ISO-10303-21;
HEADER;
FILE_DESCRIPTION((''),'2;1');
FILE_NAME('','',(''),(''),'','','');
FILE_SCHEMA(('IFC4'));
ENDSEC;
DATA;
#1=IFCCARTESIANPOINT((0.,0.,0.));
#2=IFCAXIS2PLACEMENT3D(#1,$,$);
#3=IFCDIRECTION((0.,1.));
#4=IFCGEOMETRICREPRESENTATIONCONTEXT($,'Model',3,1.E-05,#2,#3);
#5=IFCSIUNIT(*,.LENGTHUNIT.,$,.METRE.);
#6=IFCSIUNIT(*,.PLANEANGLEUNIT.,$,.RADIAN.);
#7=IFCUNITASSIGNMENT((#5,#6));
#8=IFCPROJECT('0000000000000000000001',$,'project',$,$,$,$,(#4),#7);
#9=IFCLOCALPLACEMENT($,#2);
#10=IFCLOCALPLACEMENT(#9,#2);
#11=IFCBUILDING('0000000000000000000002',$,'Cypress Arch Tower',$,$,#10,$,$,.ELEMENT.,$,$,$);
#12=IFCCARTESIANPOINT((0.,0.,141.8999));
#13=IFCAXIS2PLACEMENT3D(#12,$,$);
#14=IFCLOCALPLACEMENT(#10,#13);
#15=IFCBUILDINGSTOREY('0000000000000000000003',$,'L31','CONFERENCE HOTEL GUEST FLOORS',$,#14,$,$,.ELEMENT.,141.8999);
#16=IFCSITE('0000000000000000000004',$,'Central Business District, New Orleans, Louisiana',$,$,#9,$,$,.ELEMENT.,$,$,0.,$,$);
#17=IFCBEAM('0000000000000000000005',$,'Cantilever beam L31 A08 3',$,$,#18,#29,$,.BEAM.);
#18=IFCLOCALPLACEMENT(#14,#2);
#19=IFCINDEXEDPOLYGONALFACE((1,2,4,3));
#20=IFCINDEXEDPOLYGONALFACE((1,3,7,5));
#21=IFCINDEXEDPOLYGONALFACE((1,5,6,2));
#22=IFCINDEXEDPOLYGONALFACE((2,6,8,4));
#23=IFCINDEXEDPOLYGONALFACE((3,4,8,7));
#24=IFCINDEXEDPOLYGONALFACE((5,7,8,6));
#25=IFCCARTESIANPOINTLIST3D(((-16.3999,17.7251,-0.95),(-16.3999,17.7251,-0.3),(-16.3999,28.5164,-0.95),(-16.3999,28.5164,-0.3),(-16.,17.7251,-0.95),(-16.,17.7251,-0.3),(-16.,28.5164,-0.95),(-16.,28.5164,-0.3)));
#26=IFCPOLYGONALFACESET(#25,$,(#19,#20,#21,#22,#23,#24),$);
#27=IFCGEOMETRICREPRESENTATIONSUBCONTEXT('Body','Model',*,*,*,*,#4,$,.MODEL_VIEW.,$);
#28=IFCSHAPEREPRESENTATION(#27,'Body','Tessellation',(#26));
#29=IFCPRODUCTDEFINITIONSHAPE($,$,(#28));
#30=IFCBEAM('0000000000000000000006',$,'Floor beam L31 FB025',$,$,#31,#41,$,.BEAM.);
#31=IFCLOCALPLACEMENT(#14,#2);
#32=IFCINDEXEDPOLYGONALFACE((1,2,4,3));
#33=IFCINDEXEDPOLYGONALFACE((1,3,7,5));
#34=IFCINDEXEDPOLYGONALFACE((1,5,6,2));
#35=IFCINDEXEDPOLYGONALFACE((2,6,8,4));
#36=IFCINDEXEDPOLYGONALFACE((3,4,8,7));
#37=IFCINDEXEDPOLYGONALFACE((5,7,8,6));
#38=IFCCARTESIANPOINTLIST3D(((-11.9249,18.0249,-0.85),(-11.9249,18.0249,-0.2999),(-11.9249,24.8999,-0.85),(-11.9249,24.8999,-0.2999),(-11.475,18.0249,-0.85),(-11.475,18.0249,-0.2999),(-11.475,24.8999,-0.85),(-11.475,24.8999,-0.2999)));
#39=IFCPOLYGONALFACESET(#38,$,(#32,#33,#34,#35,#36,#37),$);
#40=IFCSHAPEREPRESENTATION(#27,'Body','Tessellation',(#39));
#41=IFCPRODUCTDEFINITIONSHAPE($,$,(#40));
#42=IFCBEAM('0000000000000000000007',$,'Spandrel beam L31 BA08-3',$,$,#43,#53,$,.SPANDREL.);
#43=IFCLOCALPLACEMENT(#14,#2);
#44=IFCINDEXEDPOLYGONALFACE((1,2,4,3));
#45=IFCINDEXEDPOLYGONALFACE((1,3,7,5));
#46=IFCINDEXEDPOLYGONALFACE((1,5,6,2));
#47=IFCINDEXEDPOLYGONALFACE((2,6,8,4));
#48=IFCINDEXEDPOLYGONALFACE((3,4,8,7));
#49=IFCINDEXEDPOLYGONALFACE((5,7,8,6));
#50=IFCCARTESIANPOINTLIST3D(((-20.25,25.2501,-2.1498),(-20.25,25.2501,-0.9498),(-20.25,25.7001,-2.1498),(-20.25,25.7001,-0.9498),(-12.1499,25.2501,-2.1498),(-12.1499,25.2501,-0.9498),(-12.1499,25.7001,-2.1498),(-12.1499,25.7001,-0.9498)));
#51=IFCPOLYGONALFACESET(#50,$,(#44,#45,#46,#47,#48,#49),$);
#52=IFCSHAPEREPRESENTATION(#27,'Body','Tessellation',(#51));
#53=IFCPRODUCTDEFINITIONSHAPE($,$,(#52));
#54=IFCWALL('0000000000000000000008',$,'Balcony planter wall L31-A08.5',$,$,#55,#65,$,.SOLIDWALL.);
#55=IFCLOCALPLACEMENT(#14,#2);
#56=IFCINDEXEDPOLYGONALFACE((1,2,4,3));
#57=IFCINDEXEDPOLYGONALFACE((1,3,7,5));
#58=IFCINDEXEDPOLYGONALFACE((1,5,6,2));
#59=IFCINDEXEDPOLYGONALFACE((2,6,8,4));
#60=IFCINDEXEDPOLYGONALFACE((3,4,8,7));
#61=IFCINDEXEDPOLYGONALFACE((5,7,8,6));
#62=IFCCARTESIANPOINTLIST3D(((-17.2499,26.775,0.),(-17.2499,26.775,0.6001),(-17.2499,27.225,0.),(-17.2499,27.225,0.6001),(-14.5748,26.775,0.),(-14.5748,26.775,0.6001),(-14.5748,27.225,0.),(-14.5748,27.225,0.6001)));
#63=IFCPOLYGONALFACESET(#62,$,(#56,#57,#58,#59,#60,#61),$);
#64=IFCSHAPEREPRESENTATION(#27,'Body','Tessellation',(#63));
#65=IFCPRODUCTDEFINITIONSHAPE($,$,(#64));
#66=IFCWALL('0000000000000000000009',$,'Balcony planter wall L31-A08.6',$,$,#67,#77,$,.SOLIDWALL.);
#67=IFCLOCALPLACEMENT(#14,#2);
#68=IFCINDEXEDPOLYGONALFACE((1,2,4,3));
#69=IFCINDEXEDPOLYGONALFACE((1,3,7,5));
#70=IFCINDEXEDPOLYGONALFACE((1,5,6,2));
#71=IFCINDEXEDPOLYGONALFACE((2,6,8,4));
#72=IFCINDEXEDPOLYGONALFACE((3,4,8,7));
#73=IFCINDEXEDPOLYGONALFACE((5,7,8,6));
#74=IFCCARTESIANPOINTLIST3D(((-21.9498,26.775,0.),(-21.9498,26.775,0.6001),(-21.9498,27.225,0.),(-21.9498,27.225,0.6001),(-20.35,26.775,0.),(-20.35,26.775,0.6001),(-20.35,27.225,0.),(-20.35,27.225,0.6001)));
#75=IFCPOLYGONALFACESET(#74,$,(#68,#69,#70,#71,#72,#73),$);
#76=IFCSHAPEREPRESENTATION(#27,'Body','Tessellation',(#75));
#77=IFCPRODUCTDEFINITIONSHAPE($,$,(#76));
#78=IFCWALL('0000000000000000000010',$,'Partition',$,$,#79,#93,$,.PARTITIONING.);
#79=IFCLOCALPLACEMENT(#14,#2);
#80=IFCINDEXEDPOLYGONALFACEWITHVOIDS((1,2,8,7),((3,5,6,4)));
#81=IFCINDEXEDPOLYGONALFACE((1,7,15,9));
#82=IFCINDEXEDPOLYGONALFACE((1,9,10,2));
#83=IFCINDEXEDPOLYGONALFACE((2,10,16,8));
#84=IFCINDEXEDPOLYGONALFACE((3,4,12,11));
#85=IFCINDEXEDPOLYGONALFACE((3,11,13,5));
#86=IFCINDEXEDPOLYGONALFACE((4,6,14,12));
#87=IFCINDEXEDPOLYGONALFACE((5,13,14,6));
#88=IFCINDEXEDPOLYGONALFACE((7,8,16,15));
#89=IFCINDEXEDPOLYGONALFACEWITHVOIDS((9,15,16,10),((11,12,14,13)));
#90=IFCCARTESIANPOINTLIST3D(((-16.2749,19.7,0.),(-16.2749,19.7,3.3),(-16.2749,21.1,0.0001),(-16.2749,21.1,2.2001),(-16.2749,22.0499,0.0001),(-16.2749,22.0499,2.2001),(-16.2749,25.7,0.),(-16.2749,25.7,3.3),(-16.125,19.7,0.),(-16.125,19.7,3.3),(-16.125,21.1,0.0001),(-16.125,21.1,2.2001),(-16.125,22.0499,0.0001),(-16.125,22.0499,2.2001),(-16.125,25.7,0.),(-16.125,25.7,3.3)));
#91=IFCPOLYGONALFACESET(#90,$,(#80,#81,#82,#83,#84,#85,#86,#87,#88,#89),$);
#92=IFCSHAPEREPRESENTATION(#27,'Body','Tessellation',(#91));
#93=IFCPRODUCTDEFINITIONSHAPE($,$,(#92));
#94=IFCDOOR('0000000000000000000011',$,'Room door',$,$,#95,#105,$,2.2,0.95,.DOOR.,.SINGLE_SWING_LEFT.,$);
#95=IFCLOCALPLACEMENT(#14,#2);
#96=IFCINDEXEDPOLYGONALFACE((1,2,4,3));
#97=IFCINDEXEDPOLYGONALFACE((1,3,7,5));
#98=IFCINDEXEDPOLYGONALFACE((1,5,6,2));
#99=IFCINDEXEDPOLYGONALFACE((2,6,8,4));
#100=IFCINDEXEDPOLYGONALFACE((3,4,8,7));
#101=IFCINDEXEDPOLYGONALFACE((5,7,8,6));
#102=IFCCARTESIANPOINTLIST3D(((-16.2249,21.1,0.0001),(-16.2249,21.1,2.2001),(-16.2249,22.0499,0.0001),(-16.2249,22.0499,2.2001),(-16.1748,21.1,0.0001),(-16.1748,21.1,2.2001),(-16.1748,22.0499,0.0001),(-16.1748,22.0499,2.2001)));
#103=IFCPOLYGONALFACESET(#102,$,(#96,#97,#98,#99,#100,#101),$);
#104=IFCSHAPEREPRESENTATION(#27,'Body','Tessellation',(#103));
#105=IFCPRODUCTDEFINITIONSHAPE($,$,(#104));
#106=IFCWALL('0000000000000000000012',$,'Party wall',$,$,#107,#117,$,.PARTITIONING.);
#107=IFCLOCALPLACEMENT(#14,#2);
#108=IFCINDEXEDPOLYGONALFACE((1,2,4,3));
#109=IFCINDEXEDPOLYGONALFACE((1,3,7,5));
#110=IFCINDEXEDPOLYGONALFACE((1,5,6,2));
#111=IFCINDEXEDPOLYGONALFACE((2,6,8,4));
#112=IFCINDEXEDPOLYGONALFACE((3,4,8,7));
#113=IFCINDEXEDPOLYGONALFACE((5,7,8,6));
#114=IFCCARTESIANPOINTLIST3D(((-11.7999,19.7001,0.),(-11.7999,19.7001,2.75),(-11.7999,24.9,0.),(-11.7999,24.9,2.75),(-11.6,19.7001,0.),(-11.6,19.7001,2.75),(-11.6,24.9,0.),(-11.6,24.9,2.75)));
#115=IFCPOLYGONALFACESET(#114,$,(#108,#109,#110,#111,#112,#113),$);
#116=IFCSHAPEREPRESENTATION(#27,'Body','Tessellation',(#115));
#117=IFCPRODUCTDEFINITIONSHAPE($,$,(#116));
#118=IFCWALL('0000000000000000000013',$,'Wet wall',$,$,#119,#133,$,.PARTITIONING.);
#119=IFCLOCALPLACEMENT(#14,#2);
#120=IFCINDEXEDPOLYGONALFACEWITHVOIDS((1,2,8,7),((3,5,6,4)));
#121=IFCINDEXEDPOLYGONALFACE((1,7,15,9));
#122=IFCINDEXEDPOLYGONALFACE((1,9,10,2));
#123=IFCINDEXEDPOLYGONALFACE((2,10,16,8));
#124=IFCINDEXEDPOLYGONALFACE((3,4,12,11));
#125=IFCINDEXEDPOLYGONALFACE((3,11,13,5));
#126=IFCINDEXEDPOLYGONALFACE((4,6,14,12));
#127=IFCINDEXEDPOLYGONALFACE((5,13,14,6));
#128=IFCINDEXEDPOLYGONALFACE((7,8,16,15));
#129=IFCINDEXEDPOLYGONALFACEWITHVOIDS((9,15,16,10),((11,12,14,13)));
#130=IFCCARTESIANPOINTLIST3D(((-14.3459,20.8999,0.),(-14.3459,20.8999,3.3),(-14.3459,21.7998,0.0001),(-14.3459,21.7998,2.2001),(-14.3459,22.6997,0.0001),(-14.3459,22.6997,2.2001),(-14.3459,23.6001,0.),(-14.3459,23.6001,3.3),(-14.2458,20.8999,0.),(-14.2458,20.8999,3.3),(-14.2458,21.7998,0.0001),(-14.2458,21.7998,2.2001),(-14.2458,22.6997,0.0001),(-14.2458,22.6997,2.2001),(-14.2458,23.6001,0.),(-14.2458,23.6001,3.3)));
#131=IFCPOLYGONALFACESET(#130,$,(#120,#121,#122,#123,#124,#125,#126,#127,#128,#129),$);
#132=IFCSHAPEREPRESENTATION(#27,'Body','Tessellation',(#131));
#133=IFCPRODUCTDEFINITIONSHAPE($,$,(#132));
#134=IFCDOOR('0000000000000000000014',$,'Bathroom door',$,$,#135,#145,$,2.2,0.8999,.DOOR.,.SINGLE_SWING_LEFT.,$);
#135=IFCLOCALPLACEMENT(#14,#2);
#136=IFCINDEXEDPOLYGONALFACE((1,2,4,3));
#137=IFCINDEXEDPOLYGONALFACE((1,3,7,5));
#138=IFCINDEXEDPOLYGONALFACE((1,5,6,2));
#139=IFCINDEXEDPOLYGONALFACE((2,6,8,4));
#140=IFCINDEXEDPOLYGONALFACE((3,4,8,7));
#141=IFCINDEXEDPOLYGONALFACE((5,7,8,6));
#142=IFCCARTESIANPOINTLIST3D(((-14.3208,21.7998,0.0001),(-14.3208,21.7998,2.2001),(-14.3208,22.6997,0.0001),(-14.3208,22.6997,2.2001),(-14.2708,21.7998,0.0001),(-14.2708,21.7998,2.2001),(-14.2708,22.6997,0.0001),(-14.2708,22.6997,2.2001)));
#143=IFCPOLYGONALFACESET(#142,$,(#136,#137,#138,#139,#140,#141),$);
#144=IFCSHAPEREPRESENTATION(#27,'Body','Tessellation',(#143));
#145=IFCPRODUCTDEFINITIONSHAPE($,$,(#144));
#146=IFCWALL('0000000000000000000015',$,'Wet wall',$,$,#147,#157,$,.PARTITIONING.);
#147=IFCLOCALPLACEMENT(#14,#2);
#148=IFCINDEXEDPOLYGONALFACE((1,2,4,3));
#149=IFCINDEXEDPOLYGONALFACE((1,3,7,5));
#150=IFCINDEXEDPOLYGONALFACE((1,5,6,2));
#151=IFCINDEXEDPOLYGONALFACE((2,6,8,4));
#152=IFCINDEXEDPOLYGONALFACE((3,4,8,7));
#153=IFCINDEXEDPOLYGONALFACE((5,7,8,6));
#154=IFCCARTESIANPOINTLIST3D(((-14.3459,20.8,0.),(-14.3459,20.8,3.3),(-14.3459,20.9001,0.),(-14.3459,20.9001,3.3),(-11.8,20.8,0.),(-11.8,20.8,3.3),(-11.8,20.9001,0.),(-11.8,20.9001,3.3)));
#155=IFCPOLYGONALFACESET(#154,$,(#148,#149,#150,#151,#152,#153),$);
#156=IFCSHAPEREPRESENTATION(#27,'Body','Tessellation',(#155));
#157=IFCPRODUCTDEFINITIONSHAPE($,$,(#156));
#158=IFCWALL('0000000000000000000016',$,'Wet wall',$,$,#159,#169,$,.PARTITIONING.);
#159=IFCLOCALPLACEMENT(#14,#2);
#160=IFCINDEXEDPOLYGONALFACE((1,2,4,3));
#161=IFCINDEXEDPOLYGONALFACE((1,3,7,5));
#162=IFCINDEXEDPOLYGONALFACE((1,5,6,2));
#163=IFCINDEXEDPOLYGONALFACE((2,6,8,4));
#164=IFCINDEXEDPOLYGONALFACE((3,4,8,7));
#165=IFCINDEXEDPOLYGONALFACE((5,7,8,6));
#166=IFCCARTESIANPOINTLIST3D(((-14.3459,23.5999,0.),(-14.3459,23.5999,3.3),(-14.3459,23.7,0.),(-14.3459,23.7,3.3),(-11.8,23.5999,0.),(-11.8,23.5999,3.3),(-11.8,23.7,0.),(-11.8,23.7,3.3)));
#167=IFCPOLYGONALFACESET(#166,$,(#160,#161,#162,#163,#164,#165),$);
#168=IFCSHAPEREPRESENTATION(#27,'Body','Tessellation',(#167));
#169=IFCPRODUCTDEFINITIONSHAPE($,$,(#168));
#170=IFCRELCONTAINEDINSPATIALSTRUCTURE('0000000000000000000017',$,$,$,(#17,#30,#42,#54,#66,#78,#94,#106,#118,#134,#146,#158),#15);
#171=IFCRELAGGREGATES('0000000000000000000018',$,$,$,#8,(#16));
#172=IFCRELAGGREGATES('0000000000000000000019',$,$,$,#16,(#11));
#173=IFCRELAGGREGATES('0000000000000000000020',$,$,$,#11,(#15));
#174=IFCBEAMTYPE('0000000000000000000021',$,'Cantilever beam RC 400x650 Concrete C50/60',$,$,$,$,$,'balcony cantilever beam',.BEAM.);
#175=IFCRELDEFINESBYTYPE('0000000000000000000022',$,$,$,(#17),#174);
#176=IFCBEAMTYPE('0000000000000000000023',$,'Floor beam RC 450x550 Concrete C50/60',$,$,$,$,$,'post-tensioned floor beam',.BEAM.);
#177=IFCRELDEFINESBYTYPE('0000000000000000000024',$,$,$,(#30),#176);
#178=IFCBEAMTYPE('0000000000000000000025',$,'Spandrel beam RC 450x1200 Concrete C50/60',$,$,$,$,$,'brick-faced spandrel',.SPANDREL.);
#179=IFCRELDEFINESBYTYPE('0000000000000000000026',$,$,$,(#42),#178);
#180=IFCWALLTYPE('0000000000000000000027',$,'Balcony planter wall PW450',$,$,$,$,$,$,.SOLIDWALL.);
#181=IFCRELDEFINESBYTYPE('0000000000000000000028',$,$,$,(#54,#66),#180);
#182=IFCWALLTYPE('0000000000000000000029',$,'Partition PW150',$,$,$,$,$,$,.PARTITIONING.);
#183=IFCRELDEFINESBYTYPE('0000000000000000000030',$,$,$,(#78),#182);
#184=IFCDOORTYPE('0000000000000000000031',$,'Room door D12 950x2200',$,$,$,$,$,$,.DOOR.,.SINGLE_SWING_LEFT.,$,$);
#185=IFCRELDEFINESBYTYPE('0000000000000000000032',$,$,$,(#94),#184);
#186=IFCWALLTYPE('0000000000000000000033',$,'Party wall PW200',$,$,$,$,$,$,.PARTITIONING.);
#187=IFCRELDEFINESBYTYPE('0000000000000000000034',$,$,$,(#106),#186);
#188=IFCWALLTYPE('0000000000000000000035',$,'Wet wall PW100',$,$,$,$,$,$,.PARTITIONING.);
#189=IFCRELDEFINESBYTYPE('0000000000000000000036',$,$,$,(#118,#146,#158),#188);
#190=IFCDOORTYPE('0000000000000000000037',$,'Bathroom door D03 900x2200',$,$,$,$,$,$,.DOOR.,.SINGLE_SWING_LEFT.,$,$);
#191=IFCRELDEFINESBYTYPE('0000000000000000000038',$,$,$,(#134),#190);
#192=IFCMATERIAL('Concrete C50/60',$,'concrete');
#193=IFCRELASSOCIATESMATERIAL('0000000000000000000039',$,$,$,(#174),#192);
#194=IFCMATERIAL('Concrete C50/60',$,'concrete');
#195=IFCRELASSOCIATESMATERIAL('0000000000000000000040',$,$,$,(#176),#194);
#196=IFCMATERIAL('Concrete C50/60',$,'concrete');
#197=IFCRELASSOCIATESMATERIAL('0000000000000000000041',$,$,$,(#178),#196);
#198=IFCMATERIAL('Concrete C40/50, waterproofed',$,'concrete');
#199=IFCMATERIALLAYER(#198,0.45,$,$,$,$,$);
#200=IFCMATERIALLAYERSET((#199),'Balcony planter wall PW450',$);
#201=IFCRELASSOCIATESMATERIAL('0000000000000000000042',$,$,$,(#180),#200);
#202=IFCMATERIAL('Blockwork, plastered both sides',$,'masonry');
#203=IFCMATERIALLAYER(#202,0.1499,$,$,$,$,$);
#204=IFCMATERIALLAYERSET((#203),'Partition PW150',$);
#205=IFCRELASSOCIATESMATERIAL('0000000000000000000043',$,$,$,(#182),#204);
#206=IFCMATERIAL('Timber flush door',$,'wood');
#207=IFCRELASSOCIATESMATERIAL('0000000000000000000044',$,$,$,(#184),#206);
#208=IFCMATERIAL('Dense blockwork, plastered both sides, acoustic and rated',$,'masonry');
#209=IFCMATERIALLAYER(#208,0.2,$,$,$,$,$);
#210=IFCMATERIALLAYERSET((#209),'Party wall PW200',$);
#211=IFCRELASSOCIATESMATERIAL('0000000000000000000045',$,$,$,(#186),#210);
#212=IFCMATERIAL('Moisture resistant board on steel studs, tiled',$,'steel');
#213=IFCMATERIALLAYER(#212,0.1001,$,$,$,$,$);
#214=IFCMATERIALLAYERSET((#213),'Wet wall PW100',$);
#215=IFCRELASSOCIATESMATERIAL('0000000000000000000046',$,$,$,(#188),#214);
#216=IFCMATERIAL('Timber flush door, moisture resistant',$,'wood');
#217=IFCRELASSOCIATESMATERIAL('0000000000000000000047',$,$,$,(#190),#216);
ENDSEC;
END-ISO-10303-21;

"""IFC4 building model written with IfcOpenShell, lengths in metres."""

from ifc_helpers import new_model, si_unit, direction, frame, frame_2d, origin, origin_2d, place, context, subcontext, project, spatial, rectangle, extrude, material, layer, layer_set, material_profile, profile_set, type_object, element, fill, save


model = new_model("IFC4")

# Units and contexts
model_context = context("Model", 3, precision=1e-05, world=origin(), true_north=direction((0.0, 1.0)))
body_context = subcontext(model_context, "Body", "Model", "MODEL_VIEW")
ifc_project = project(units=[si_unit("LENGTHUNIT", "METRE"), si_unit("PLANEANGLEUNIT", "RADIAN")], contexts=[model_context])

# Site, building, storey
site_placement = place(None, origin())
site = spatial("IfcSite", under=ifc_project, at=site_placement, Name="Central Business District, New Orleans, Louisiana", CompositionType="ELEMENT", RefElevation=0.0)
building_placement = place(site_placement, origin())
building = spatial("IfcBuilding", under=site, at=building_placement, Name="Cypress Arch Tower", CompositionType="ELEMENT")
storey_placement = place(building_placement, frame((0.0, 0.0, 141.8999)))
storey = spatial("IfcBuildingStorey", under=building, at=storey_placement, Name="L31", Description="CONFERENCE HOTEL GUEST FLOORS", CompositionType="ELEMENT", Elevation=141.8999)

# Beams
ifc_material_1 = material(Name="Concrete C50/60", Category="concrete")
ifc_material_profile_1 = material_profile(ifc_material_1, rectangle(XDim=0.3999, YDim=0.6499, at=origin_2d()), Name="RC 400x650")
ifc_profile_set_1 = profile_set([ifc_material_profile_1], Name="Concrete C50/60")
beam_type_1 = type_object("IfcBeamType", Name="Cantilever beam RC 400x650 Concrete C50/60", ElementType="balcony cantilever beam", PredefinedType="BEAM", material=ifc_profile_set_1)
beam_1_placement = place(storey_placement, frame((-16.2, 17.7251, -0.625), z_axis=(0.0, 1.0, 0.0), x_axis=(-1.0, 0.0, 0.0)))
element("IfcBeam", 1, at=beam_1_placement, inside=storey, type_object=beam_type_1, Name="Cantilever beam L31 A08 3", PredefinedType="BEAM", context=body_context, shape_type="SweptSolid", body=[
    extrude(rectangle(XDim=0.3999, YDim=0.6499, at=origin_2d()), origin(), (0.0, 0.0, 1.0), 10.7913),
])
ifc_material_2 = material(Name="Concrete C50/60", Category="concrete")
ifc_material_profile_2 = material_profile(ifc_material_2, rectangle(XDim=0.45, YDim=0.55, at=origin_2d()), Name="RC 450x550")
ifc_profile_set_2 = profile_set([ifc_material_profile_2], Name="Concrete C50/60")
beam_type_2 = type_object("IfcBeamType", Name="Floor beam RC 450x550 Concrete C50/60", ElementType="post-tensioned floor beam", PredefinedType="BEAM", material=ifc_profile_set_2)
beam_2_placement = place(storey_placement, frame((-11.7, 18.0249, -0.575), z_axis=(0.0, 1.0, 0.0), x_axis=(-1.0, 0.0, 0.0)))
element("IfcBeam", 2, at=beam_2_placement, inside=storey, type_object=beam_type_2, Name="Floor beam L31 FB025", PredefinedType="BEAM", context=body_context, shape_type="SweptSolid", body=[
    extrude(rectangle(XDim=0.45, YDim=0.55, at=origin_2d()), origin(), (0.0, 0.0, 1.0), 6.875),
])
ifc_material_3 = material(Name="Concrete C50/60", Category="concrete")
ifc_material_profile_3 = material_profile(ifc_material_3, rectangle(XDim=0.45, YDim=1.2, at=origin_2d()), Name="RC 450x1200")
ifc_profile_set_3 = profile_set([ifc_material_profile_3], Name="Concrete C50/60")
beam_type_3 = type_object("IfcBeamType", Name="Spandrel beam RC 450x1200 Concrete C50/60", ElementType="brick-faced spandrel", PredefinedType="SPANDREL", material=ifc_profile_set_3)
beam_3_placement = place(storey_placement, frame((-12.1499, 25.4751, -1.5498), z_axis=(-1.0, 0.0, 0.0), x_axis=(0.0, -1.0, 0.0)))
element("IfcBeam", 3, at=beam_3_placement, inside=storey, type_object=beam_type_3, Name="Spandrel beam L31 BA08-3", PredefinedType="SPANDREL", context=body_context, shape_type="SweptSolid", body=[
    extrude(rectangle(XDim=0.45, YDim=1.2, at=origin_2d()), origin(), (0.0, 0.0, 1.0), 8.1001),
])

# Walls
ifc_material_4 = material(Name="Concrete C40/50, waterproofed", Category="concrete")
ifc_layer_1 = layer(ifc_material_4, 0.45)
ifc_layer_set_1 = layer_set([ifc_layer_1], Name="Balcony planter wall PW450")
wall_type_1 = type_object("IfcWallType", Name="Balcony planter wall PW450", PredefinedType="SOLIDWALL", material=ifc_layer_set_1)
wall_1_placement = place(storey_placement, frame((-14.575, 27.0, 0.0), z_axis=(0.0, 0.0, 1.0), x_axis=(-1.0, 0.0, 0.0)))
element("IfcWall", 4, at=wall_1_placement, inside=storey, type_object=wall_type_1, Name="Balcony planter wall L31-A08.5", PredefinedType="SOLIDWALL", context=body_context, shape_type="SweptSolid", body=[
    extrude(rectangle(XDim=2.675, YDim=0.45, at=frame_2d((1.3374, 0.0))), origin(), (0.0, 0.0, 1.0), 0.6001),
])
wall_2_placement = place(storey_placement, frame((-20.3501, 27.0, 0.0), z_axis=(0.0, 0.0, 1.0), x_axis=(-1.0, 0.0, 0.0)))
element("IfcWall", 5, at=wall_2_placement, inside=storey, type_object=wall_type_1, Name="Balcony planter wall L31-A08.6", PredefinedType="SOLIDWALL", context=body_context, shape_type="SweptSolid", body=[
    extrude(rectangle(XDim=1.5999, YDim=0.45, at=frame_2d((0.7998, 0.0))), origin(), (0.0, 0.0, 1.0), 0.6001),
])

# Wall, opening, door
ifc_material_5 = material(Name="Blockwork, plastered both sides", Category="masonry")
ifc_layer_2 = layer(ifc_material_5, 0.1499)
ifc_layer_set_2 = layer_set([ifc_layer_2], Name="Partition PW150")
wall_type_2 = type_object("IfcWallType", Name="Partition PW150", PredefinedType="PARTITIONING", material=ifc_layer_set_2)
wall_3_placement = place(storey_placement, frame((-16.2, 19.7, 0.0), z_axis=(0.0, 0.0, 1.0), x_axis=(0.0, 1.0, 0.0)))
wall_3 = element("IfcWall", 6, at=wall_3_placement, inside=storey, type_object=wall_type_2, Name="Partition", PredefinedType="PARTITIONING", context=body_context, shape_type="SweptSolid", body=[
    extrude(rectangle(XDim=6.0, YDim=0.1499, at=frame_2d((3.0, 0.0))), origin(), (0.0, 0.0, 1.0), 3.3),
])
opening_1_placement = place(wall_3_placement, frame((1.3999, 0.0, 0.0)))
opening_1 = element("IfcOpeningElement", 7, at=opening_1_placement, cuts=wall_3, PredefinedType="OPENING", context=body_context, shape_type="SweptSolid", body=[
    extrude(rectangle(XDim=0.95, YDim=2.2, at=frame_2d((0.4751, 1.1001))), frame((0.0, 0.085, 0.0), z_axis=(0.0, -1.0, 0.0), x_axis=(1.0, 0.0, 0.0)), (0.0, 0.0, 1.0), 0.1699),
])
ifc_material_6 = material(Name="Timber flush door", Category="wood")
door_type_1 = type_object("IfcDoorType", Name="Room door D12 950x2200", OperationType="SINGLE_SWING_LEFT", PredefinedType="DOOR", material=ifc_material_6)
door_1_placement = place(opening_1_placement, origin())
door_1 = element("IfcDoor", 8, at=door_1_placement, inside=storey, type_object=door_type_1, Name="Room door", OperationType="SINGLE_SWING_LEFT", OverallHeight=2.2, OverallWidth=0.95, PredefinedType="DOOR", context=body_context, shape_type="SweptSolid", body=[
    extrude(rectangle(XDim=0.95, YDim=2.2, at=frame_2d((0.4751, 1.1001))), frame((0.0, 0.0249, 0.0), z_axis=(0.0, -1.0, 0.0), x_axis=(1.0, 0.0, 0.0)), (0.0, 0.0, 1.0), 0.05),
])
fill(opening_1, door_1)

# Wall
ifc_material_7 = material(Name="Dense blockwork, plastered both sides, acoustic and rated", Category="masonry")
ifc_layer_3 = layer(ifc_material_7, 0.2)
ifc_layer_set_3 = layer_set([ifc_layer_3], Name="Party wall PW200")
wall_type_3 = type_object("IfcWallType", Name="Party wall PW200", PredefinedType="PARTITIONING", material=ifc_layer_set_3)
wall_4_placement = place(storey_placement, frame((-11.7, 19.7, 0.0), z_axis=(0.0, 0.0, 1.0), x_axis=(0.0, 1.0, 0.0)))
element("IfcWall", 9, at=wall_4_placement, inside=storey, type_object=wall_type_3, Name="Party wall", PredefinedType="PARTITIONING", context=body_context, shape_type="SweptSolid", body=[
    extrude(rectangle(XDim=5.2, YDim=0.2, at=frame_2d((2.6001, 0.0))), origin(), (0.0, 0.0, 1.0), 2.75),
])

# Wall, opening, door
ifc_material_8 = material(Name="Moisture resistant board on steel studs, tiled", Category="steel")
ifc_layer_4 = layer(ifc_material_8, 0.1001)
ifc_layer_set_4 = layer_set([ifc_layer_4], Name="Wet wall PW100")
wall_type_4 = type_object("IfcWallType", Name="Wet wall PW100", PredefinedType="PARTITIONING", material=ifc_layer_set_4)
wall_5_placement = place(storey_placement, frame((-14.2959, 20.8999, 0.0), z_axis=(0.0, 0.0, 1.0), x_axis=(0.0, 1.0, 0.0)))
wall_5 = element("IfcWall", 10, at=wall_5_placement, inside=storey, type_object=wall_type_4, Name="Wet wall", PredefinedType="PARTITIONING", context=body_context, shape_type="SweptSolid", body=[
    extrude(rectangle(XDim=2.7002, YDim=0.1001, at=frame_2d((1.3501, 0.0))), origin(), (0.0, 0.0, 1.0), 3.3),
])
opening_2_placement = place(wall_5_placement, frame((0.8999, 0.0, 0.0)))
opening_2 = element("IfcOpeningElement", 11, at=opening_2_placement, cuts=wall_5, PredefinedType="OPENING", context=body_context, shape_type="SweptSolid", body=[
    extrude(rectangle(XDim=0.8999, YDim=2.2, at=frame_2d((0.45, 1.1001))), frame((0.0, 0.0601, 0.0), z_axis=(0.0, -1.0, 0.0), x_axis=(1.0, 0.0, 0.0)), (0.0, 0.0, 1.0), 0.1201),
])
ifc_material_9 = material(Name="Timber flush door, moisture resistant", Category="wood")
door_type_2 = type_object("IfcDoorType", Name="Bathroom door D03 900x2200", OperationType="SINGLE_SWING_LEFT", PredefinedType="DOOR", material=ifc_material_9)
door_2_placement = place(opening_2_placement, origin())
door_2 = element("IfcDoor", 12, at=door_2_placement, inside=storey, type_object=door_type_2, Name="Bathroom door", OperationType="SINGLE_SWING_LEFT", OverallHeight=2.2, OverallWidth=0.8999, PredefinedType="DOOR", context=body_context, shape_type="SweptSolid", body=[
    extrude(rectangle(XDim=0.8999, YDim=2.2, at=frame_2d((0.45, 1.1001))), frame((0.0, 0.0249, 0.0), z_axis=(0.0, -1.0, 0.0), x_axis=(1.0, 0.0, 0.0)), (0.0, 0.0, 1.0), 0.05),
])
fill(opening_2, door_2)

# Walls
for number, where, z_axis, x_axis, name in (
    (13, (-14.3459, 20.8501, 0.0), (0.0, 0.0, 1.0), (1.0, 0.0, 0.0), "Wet wall"),
    (14, (-14.3459, 23.6499, 0.0), (0.0, 0.0, 1.0), (1.0, 0.0, 0.0), "Wet wall"),
):
    element("IfcWall", number, at=place(storey_placement, frame(where, z_axis=z_axis, x_axis=x_axis)), inside=storey, type_object=wall_type_4, Name=name, PredefinedType="PARTITIONING", context=body_context, shape_type="SweptSolid", body=[
        extrude(rectangle(XDim=2.5459, YDim=0.1001, at=frame_2d((1.2729, 0.0))), origin(), (0.0, 0.0, 1.0), 3.3),
    ])

save(model, "model.ifc")
